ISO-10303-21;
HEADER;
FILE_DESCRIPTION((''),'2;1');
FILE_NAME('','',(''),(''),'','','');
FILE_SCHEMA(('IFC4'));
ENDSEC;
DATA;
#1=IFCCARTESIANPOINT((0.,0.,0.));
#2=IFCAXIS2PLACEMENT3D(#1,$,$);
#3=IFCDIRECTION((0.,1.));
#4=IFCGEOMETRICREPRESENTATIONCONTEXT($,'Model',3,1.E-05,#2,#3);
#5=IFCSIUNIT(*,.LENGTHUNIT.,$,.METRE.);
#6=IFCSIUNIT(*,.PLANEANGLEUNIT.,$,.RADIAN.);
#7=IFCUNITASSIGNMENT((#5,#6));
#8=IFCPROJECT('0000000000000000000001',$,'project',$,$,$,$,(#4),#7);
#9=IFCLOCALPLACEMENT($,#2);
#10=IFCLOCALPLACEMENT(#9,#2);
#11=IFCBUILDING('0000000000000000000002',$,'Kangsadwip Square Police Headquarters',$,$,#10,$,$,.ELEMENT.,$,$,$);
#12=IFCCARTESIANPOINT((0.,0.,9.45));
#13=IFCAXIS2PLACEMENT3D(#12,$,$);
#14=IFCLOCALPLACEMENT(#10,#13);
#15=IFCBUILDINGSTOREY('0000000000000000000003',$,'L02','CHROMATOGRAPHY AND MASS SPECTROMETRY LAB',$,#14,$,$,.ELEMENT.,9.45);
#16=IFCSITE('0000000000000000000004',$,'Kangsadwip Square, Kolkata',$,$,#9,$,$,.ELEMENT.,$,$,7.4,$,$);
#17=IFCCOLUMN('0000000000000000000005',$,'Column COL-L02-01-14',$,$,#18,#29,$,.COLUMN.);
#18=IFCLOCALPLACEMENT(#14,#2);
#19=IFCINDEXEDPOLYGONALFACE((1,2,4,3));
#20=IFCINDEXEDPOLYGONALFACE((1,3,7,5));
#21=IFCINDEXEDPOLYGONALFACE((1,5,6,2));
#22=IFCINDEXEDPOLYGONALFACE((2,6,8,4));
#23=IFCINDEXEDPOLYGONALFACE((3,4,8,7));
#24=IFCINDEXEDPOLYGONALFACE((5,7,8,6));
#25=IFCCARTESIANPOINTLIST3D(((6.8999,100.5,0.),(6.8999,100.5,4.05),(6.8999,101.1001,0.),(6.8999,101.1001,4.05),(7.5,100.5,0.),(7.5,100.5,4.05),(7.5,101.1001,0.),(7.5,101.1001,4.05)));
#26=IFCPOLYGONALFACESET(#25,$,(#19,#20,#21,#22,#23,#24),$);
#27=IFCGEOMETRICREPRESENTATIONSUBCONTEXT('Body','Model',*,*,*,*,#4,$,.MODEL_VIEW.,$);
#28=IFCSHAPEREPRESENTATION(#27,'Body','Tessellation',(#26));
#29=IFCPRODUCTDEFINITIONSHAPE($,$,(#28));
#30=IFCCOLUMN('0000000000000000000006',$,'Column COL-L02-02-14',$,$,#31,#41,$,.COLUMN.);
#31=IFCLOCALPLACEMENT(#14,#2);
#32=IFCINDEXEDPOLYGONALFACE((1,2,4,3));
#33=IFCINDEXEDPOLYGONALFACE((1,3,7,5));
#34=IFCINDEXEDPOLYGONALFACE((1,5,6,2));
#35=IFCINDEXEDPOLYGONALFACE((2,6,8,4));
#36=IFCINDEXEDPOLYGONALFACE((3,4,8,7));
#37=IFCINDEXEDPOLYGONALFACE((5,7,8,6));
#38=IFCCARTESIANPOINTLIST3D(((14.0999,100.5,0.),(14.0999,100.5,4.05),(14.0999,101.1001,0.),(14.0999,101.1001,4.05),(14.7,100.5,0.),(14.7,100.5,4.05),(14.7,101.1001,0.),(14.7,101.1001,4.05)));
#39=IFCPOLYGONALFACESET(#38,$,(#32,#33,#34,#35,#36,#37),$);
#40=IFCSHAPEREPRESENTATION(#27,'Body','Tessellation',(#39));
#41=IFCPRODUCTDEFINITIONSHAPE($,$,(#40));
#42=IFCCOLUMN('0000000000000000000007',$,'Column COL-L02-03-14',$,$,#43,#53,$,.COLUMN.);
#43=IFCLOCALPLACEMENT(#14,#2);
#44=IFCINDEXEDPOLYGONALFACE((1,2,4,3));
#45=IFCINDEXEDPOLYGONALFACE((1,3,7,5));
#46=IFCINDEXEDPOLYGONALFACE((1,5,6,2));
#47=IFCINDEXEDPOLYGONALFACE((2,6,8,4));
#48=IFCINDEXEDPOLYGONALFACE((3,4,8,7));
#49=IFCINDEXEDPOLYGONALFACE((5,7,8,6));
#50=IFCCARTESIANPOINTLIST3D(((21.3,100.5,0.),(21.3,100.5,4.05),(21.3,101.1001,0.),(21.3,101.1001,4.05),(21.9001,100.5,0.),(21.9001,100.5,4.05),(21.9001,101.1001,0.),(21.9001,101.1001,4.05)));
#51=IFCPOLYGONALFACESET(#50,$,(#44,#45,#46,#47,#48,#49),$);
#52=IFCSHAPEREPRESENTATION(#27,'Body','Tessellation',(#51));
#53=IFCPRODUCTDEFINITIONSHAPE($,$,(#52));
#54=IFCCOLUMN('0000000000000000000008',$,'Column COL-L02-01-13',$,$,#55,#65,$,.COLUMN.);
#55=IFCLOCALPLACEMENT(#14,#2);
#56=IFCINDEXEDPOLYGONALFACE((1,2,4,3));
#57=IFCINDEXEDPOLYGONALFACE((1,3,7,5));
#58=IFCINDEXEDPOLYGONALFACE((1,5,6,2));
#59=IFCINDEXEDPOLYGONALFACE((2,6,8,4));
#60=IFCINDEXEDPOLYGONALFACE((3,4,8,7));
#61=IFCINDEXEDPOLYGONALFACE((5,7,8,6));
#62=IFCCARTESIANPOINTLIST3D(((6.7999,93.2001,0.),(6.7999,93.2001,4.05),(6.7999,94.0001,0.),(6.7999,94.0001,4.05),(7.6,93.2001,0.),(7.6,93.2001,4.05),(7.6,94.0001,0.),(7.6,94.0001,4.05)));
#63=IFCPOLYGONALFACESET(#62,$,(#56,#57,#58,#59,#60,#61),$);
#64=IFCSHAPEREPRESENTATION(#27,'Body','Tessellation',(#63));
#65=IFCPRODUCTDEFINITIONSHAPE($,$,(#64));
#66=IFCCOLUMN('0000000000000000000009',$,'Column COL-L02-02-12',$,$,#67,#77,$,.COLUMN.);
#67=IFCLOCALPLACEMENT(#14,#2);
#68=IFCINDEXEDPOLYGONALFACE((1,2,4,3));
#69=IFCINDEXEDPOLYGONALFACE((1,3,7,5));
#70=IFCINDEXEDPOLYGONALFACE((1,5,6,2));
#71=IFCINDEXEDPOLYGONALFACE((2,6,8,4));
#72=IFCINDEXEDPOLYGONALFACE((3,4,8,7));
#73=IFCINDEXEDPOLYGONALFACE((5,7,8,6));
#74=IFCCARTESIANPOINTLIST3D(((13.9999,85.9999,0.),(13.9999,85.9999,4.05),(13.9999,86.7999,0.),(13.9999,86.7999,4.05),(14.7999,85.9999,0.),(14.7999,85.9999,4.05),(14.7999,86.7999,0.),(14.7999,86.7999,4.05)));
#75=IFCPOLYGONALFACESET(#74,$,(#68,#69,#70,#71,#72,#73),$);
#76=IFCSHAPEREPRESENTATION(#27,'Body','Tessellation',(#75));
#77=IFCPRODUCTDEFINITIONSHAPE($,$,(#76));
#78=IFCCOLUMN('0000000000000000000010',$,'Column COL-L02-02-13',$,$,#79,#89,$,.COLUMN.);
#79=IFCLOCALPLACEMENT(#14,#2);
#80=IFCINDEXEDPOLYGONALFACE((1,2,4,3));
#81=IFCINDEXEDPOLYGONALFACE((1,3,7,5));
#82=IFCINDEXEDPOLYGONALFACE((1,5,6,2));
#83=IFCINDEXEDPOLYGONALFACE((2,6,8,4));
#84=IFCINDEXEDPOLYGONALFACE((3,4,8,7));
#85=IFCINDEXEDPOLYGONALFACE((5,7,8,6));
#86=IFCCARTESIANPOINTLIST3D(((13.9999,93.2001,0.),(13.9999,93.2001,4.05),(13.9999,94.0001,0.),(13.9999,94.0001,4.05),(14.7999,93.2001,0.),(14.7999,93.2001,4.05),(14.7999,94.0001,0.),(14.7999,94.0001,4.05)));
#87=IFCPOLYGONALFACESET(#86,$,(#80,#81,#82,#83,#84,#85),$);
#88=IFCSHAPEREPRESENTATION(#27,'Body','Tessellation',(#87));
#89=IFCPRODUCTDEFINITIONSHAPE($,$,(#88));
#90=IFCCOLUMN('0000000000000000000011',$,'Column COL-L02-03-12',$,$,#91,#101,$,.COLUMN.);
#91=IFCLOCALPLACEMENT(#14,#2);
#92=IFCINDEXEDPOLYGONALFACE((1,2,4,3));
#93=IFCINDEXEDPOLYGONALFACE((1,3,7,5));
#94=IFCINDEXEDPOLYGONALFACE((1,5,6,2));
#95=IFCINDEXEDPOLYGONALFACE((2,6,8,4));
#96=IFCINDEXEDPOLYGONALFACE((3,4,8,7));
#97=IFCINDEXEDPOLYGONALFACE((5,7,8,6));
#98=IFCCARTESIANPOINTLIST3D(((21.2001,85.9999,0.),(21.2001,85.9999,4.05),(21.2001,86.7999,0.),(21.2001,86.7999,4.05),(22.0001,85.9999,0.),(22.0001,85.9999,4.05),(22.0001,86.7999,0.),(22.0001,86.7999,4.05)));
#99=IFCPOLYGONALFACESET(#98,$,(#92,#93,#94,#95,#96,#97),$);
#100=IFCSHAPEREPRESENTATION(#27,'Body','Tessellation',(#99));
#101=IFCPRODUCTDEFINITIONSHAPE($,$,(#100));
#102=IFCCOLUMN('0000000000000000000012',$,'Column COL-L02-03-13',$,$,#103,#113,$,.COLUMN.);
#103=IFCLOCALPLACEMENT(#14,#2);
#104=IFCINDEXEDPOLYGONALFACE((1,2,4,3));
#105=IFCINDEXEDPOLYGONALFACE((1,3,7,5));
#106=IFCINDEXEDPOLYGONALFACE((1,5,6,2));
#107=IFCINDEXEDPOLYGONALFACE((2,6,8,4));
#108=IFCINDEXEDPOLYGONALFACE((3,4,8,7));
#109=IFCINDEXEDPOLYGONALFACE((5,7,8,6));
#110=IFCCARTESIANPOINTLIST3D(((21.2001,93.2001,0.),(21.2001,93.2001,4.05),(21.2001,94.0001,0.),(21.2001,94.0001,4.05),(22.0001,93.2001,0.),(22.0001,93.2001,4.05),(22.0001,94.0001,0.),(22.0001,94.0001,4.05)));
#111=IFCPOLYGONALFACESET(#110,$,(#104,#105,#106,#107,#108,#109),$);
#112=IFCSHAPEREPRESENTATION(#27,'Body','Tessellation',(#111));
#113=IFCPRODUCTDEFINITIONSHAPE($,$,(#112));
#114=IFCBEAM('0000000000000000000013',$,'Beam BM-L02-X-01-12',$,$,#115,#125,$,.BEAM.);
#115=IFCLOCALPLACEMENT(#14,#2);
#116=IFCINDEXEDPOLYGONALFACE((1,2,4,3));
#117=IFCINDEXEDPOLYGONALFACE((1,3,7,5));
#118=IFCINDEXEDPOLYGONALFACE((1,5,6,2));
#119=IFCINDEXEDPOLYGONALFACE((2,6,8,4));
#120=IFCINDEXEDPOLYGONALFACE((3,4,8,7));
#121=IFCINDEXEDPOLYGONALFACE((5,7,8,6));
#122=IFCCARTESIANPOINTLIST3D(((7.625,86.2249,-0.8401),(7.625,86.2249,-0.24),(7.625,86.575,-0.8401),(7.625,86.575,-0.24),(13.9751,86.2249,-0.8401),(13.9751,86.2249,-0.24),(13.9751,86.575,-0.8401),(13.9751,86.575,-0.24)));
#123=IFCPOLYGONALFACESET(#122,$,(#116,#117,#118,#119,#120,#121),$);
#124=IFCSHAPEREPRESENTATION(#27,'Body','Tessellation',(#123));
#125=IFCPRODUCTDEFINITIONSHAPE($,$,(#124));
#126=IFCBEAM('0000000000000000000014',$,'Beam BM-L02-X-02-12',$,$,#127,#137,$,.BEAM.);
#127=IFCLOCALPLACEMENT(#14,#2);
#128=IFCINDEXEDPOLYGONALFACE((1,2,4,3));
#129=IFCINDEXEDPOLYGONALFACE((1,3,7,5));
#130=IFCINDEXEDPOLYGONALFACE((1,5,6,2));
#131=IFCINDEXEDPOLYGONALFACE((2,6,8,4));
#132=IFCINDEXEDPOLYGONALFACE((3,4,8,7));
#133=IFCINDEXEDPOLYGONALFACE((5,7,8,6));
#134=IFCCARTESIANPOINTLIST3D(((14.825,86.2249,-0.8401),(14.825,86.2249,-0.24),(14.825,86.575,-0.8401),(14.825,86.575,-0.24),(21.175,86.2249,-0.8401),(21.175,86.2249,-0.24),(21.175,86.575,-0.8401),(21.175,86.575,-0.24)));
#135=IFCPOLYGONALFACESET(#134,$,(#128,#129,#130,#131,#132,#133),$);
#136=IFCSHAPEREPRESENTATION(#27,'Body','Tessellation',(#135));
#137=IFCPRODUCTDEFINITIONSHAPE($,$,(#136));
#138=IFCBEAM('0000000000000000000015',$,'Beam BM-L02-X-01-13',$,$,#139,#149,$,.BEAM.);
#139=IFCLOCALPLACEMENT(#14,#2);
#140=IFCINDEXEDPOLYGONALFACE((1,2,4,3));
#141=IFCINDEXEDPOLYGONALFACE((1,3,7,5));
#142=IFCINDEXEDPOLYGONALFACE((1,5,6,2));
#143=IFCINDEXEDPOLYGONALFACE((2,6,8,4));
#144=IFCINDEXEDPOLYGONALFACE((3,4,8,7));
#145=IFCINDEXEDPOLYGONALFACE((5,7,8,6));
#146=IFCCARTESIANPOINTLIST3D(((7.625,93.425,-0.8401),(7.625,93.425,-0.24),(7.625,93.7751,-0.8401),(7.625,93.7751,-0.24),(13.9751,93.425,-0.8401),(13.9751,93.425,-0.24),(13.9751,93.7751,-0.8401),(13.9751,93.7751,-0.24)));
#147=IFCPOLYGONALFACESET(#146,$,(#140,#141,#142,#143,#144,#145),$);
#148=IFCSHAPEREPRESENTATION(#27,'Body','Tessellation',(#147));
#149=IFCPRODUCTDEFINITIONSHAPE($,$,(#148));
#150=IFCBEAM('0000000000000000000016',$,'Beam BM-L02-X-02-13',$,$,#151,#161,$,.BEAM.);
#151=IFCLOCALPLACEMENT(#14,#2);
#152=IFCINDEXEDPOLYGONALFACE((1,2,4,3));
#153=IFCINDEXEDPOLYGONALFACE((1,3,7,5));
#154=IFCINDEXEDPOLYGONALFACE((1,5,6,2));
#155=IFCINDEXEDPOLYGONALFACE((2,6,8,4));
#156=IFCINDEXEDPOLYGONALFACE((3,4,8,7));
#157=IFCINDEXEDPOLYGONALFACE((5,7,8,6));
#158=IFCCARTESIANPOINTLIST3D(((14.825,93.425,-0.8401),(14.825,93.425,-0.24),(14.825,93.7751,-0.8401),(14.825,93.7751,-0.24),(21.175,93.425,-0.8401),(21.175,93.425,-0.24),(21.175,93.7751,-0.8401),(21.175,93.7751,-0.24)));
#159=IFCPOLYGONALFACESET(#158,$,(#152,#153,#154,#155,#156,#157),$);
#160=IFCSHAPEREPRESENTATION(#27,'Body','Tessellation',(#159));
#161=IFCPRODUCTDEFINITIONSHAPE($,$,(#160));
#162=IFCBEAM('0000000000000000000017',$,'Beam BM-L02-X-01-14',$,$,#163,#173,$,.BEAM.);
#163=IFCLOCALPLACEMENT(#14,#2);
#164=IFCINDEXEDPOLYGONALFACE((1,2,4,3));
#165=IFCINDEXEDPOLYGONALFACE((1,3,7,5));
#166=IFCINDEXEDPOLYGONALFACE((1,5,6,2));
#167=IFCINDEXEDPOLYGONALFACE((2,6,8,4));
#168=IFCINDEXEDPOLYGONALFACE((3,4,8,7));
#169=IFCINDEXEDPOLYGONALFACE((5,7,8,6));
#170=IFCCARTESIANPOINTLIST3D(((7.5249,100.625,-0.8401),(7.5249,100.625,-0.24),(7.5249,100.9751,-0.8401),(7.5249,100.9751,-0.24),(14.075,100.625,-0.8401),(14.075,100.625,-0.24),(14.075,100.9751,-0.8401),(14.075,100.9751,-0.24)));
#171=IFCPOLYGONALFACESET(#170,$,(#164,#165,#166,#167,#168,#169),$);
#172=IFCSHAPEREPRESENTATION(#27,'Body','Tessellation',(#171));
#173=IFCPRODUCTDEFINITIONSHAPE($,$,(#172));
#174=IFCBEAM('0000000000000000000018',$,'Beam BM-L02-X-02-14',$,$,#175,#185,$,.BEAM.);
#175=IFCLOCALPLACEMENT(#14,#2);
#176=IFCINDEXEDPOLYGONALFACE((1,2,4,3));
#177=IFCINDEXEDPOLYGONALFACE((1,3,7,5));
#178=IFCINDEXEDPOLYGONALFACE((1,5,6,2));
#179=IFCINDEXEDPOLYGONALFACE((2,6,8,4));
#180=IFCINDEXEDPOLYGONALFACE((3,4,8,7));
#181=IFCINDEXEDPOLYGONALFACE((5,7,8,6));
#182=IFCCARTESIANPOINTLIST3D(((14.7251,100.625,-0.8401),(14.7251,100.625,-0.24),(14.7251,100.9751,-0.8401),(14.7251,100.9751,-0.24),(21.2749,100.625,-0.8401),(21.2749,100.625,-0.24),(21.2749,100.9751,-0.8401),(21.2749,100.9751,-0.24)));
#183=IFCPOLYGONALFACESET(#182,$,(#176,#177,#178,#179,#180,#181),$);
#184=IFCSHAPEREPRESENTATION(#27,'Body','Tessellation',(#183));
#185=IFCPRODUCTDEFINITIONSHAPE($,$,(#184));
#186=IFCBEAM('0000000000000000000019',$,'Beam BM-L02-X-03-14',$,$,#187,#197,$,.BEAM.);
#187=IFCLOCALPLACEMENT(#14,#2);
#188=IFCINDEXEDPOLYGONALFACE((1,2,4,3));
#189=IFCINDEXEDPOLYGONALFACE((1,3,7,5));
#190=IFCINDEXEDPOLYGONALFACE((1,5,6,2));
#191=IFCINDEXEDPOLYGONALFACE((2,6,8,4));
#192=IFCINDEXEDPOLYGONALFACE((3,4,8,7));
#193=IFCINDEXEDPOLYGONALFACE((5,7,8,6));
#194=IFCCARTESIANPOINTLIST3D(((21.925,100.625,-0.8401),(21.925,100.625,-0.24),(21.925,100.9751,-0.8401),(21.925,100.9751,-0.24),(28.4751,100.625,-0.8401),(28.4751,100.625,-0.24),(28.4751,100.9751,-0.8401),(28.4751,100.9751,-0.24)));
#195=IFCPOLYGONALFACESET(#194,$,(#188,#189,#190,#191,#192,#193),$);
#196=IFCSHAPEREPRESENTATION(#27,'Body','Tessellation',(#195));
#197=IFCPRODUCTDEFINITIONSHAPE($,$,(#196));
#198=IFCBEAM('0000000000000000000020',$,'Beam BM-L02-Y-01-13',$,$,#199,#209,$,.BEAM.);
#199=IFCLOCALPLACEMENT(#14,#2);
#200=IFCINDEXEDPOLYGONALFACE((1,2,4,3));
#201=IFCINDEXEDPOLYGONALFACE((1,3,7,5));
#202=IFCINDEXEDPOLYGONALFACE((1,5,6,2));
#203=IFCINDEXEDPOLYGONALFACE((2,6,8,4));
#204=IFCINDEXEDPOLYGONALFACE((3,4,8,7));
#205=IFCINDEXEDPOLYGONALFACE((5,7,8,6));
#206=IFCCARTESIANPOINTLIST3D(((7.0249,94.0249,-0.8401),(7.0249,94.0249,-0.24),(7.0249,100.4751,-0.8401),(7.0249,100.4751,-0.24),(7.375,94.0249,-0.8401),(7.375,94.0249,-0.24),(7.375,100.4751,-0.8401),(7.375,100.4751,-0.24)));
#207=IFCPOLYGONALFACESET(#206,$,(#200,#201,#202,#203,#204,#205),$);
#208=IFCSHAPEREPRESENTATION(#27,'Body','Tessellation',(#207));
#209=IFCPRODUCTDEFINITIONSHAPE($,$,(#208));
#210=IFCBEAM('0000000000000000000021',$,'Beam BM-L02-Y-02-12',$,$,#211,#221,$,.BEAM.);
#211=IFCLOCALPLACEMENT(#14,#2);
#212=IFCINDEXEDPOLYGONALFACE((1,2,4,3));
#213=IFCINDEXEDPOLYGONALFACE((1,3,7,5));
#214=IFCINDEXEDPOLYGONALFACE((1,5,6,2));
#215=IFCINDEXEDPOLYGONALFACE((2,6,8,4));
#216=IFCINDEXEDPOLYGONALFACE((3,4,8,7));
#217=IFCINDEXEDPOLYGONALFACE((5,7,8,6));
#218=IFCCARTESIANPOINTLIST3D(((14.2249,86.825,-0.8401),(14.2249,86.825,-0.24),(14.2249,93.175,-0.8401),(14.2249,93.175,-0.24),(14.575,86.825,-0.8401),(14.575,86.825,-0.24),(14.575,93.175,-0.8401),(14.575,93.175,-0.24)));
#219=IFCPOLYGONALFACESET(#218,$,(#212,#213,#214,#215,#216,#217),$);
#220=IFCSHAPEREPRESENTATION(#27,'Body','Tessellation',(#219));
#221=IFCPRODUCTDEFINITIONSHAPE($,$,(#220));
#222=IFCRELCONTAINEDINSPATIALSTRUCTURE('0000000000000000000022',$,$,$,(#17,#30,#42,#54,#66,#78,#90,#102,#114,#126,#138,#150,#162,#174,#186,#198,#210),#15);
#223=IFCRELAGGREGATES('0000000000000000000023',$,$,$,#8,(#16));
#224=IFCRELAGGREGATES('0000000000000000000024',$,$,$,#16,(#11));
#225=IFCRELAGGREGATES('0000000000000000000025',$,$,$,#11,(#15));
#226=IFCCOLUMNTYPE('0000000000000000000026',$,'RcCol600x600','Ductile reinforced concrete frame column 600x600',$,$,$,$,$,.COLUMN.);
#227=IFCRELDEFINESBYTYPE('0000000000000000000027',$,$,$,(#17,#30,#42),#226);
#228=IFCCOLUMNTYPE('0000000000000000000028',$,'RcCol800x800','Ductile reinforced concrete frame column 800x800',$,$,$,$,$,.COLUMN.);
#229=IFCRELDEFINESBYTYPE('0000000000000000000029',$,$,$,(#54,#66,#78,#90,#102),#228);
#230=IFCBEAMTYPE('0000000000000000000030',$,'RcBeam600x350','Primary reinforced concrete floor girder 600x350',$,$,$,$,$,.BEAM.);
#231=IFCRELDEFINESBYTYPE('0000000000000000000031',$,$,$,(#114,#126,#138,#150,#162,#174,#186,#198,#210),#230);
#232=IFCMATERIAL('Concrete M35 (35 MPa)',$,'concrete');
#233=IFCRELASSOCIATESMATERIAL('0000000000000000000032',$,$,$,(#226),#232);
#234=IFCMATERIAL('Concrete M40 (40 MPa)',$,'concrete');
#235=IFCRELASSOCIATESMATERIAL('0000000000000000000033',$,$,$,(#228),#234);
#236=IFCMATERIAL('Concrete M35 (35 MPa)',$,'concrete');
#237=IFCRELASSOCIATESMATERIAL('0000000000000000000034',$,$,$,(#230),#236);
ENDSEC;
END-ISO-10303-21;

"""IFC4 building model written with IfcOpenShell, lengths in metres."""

from ifc_helpers import new_model, si_unit, direction, frame, origin, origin_2d, place, context, subcontext, project, spatial, rectangle, extrude, material, material_profile, profile_set, type_object, element, save


model = new_model("IFC4")

# Units and contexts
model_context = context("Model", 3, precision=1e-05, world=origin(), true_north=direction((0.0, 1.0)))
body_context = subcontext(model_context, "Body", "Model", "MODEL_VIEW")
ifc_project = project(units=[si_unit("LENGTHUNIT", "METRE"), si_unit("PLANEANGLEUNIT", "RADIAN")], contexts=[model_context])

# Site, building, storey
site_placement = place(None, origin())
site = spatial("IfcSite", under=ifc_project, at=site_placement, Name="Kangsadwip Square, Kolkata", CompositionType="ELEMENT", RefElevation=7.4)
building_placement = place(site_placement, origin())
building = spatial("IfcBuilding", under=site, at=building_placement, Name="Kangsadwip Square Police Headquarters", CompositionType="ELEMENT")
storey_placement = place(building_placement, frame((0.0, 0.0, 9.45)))
storey = spatial("IfcBuildingStorey", under=building, at=storey_placement, Name="L02", Description="CHROMATOGRAPHY AND MASS SPECTROMETRY LAB", CompositionType="ELEMENT", Elevation=9.45)

# Columns
ifc_material_1 = material(Name="Concrete M35 (35 MPa)", Category="concrete")
ifc_material_profile_1 = material_profile(ifc_material_1, rectangle(XDim=0.6001, YDim=0.6001, at=origin_2d()), Name="RC COL 600X600")
ifc_profile_set_1 = profile_set([ifc_material_profile_1], Name="Concrete M35 (35 MPa)")
column_type_1 = type_object("IfcColumnType", Name="RcCol600x600", Description="Ductile reinforced concrete frame column 600x600", PredefinedType="COLUMN", material=ifc_profile_set_1)
for number, where, z_axis, x_axis, name in (
    (1, (7.2, 100.8, 0.0), (0.0, 0.0, 1.0), (1.0, 0.0, 0.0), "Column COL-L02-01-14"),
    (2, (14.3999, 100.8, 0.0), (0.0, 0.0, 1.0), (1.0, 0.0, 0.0), "Column COL-L02-02-14"),
    (3, (21.6001, 100.8, 0.0), (0.0, 0.0, 1.0), (1.0, 0.0, 0.0), "Column COL-L02-03-14"),
):
    element("IfcColumn", number, at=place(storey_placement, frame(where, z_axis=z_axis, x_axis=x_axis)), inside=storey, type_object=column_type_1, Name=name, PredefinedType="COLUMN", context=body_context, shape_type="SweptSolid", body=[
        extrude(rectangle(XDim=0.6001, YDim=0.6001, at=origin_2d()), origin(), (0.0, 0.0, 1.0), 4.05),
    ])
ifc_material_2 = material(Name="Concrete M40 (40 MPa)", Category="concrete")
ifc_material_profile_2 = material_profile(ifc_material_2, rectangle(XDim=0.8, YDim=0.8, at=origin_2d()), Name="RC COL 800X800")
ifc_profile_set_2 = profile_set([ifc_material_profile_2], Name="Concrete M40 (40 MPa)")
column_type_2 = type_object("IfcColumnType", Name="RcCol800x800", Description="Ductile reinforced concrete frame column 800x800", PredefinedType="COLUMN", material=ifc_profile_set_2)
for number, where, z_axis, x_axis, name in (
    (4, (7.2, 93.6001, 0.0), (0.0, 0.0, 1.0), (1.0, 0.0, 0.0), "Column COL-L02-01-13"),
    (5, (14.3999, 86.3999, 0.0), (0.0, 0.0, 1.0), (1.0, 0.0, 0.0), "Column COL-L02-02-12"),
    (6, (14.3999, 93.6001, 0.0), (0.0, 0.0, 1.0), (1.0, 0.0, 0.0), "Column COL-L02-02-13"),
    (7, (21.6001, 86.3999, 0.0), (0.0, 0.0, 1.0), (1.0, 0.0, 0.0), "Column COL-L02-03-12"),
    (8, (21.6001, 93.6001, 0.0), (0.0, 0.0, 1.0), (1.0, 0.0, 0.0), "Column COL-L02-03-13"),
):
    element("IfcColumn", number, at=place(storey_placement, frame(where, z_axis=z_axis, x_axis=x_axis)), inside=storey, type_object=column_type_2, Name=name, PredefinedType="COLUMN", context=body_context, shape_type="SweptSolid", body=[
        extrude(rectangle(XDim=0.8, YDim=0.8, at=origin_2d()), origin(), (0.0, 0.0, 1.0), 4.05),
    ])

# Beams
ifc_material_3 = material(Name="Concrete M35 (35 MPa)", Category="concrete")
ifc_material_profile_3 = material_profile(ifc_material_3, rectangle(XDim=0.3501, YDim=0.6001, at=origin_2d()), Name="RC BM 600X350")
ifc_profile_set_3 = profile_set([ifc_material_profile_3], Name="Concrete M35 (35 MPa)")
beam_type_1 = type_object("IfcBeamType", Name="RcBeam600x350", Description="Primary reinforced concrete floor girder 600x350", PredefinedType="BEAM", material=ifc_profile_set_3)
for number, where, z_axis, x_axis, name in (
    (9, (7.625, 86.3999, -0.54), (1.0, 0.0, 0.0), (0.0, 1.0, 0.0), "Beam BM-L02-X-01-12"),
    (10, (14.825, 86.3999, -0.54), (1.0, 0.0, 0.0), (0.0, 1.0, 0.0), "Beam BM-L02-X-02-12"),
    (11, (7.625, 93.6001, -0.54), (1.0, 0.0, 0.0), (0.0, 1.0, 0.0), "Beam BM-L02-X-01-13"),
    (12, (14.825, 93.6001, -0.54), (1.0, 0.0, 0.0), (0.0, 1.0, 0.0), "Beam BM-L02-X-02-13"),
):
    element("IfcBeam", number, at=place(storey_placement, frame(where, z_axis=z_axis, x_axis=x_axis)), inside=storey, type_object=beam_type_1, Name=name, PredefinedType="BEAM", context=body_context, shape_type="SweptSolid", body=[
        extrude(rectangle(XDim=0.3501, YDim=0.6001, at=origin_2d()), origin(), (0.0, 0.0, 1.0), 6.3501),
    ])
beam_1_placement = place(storey_placement, frame((7.5249, 100.8, -0.54), z_axis=(1.0, 0.0, 0.0), x_axis=(0.0, 1.0, 0.0)))
element("IfcBeam", 13, at=beam_1_placement, inside=storey, type_object=beam_type_1, Name="Beam BM-L02-X-01-14", PredefinedType="BEAM", context=body_context, shape_type="SweptSolid", body=[
    extrude(rectangle(XDim=0.3501, YDim=0.6001, at=origin_2d()), origin(), (0.0, 0.0, 1.0), 6.55),
])
beam_2_placement = place(storey_placement, frame((14.7251, 100.8, -0.54), z_axis=(1.0, 0.0, 0.0), x_axis=(0.0, 1.0, 0.0)))
element("IfcBeam", 14, at=beam_2_placement, inside=storey, type_object=beam_type_1, Name="Beam BM-L02-X-02-14", PredefinedType="BEAM", context=body_context, shape_type="SweptSolid", body=[
    extrude(rectangle(XDim=0.3501, YDim=0.6001, at=origin_2d()), origin(), (0.0, 0.0, 1.0), 6.5498),
])
beam_3_placement = place(storey_placement, frame((21.925, 100.8, -0.54), z_axis=(1.0, 0.0, 0.0), x_axis=(0.0, 1.0, 0.0)))
element("IfcBeam", 15, at=beam_3_placement, inside=storey, type_object=beam_type_1, Name="Beam BM-L02-X-03-14", PredefinedType="BEAM", context=body_context, shape_type="SweptSolid", body=[
    extrude(rectangle(XDim=0.3501, YDim=0.6001, at=origin_2d()), origin(), (0.0, 0.0, 1.0), 6.55),
])
beam_4_placement = place(storey_placement, frame((7.2, 94.0249, -0.54), z_axis=(0.0, 1.0, 0.0), x_axis=(-1.0, 0.0, 0.0)))
element("IfcBeam", 16, at=beam_4_placement, inside=storey, type_object=beam_type_1, Name="Beam BM-L02-Y-01-13", PredefinedType="BEAM", context=body_context, shape_type="SweptSolid", body=[
    extrude(rectangle(XDim=0.3501, YDim=0.6001, at=origin_2d()), origin(), (0.0, 0.0, 1.0), 6.4502),
])
beam_5_placement = place(storey_placement, frame((14.3999, 86.825, -0.54), z_axis=(0.0, 1.0, 0.0), x_axis=(-1.0, 0.0, 0.0)))
element("IfcBeam", 17, at=beam_5_placement, inside=storey, type_object=beam_type_1, Name="Beam BM-L02-Y-02-12", PredefinedType="BEAM", context=body_context, shape_type="SweptSolid", body=[
    extrude(rectangle(XDim=0.3501, YDim=0.6001, at=origin_2d()), origin(), (0.0, 0.0, 1.0), 6.3501),
])

save(model, "model.ifc")
